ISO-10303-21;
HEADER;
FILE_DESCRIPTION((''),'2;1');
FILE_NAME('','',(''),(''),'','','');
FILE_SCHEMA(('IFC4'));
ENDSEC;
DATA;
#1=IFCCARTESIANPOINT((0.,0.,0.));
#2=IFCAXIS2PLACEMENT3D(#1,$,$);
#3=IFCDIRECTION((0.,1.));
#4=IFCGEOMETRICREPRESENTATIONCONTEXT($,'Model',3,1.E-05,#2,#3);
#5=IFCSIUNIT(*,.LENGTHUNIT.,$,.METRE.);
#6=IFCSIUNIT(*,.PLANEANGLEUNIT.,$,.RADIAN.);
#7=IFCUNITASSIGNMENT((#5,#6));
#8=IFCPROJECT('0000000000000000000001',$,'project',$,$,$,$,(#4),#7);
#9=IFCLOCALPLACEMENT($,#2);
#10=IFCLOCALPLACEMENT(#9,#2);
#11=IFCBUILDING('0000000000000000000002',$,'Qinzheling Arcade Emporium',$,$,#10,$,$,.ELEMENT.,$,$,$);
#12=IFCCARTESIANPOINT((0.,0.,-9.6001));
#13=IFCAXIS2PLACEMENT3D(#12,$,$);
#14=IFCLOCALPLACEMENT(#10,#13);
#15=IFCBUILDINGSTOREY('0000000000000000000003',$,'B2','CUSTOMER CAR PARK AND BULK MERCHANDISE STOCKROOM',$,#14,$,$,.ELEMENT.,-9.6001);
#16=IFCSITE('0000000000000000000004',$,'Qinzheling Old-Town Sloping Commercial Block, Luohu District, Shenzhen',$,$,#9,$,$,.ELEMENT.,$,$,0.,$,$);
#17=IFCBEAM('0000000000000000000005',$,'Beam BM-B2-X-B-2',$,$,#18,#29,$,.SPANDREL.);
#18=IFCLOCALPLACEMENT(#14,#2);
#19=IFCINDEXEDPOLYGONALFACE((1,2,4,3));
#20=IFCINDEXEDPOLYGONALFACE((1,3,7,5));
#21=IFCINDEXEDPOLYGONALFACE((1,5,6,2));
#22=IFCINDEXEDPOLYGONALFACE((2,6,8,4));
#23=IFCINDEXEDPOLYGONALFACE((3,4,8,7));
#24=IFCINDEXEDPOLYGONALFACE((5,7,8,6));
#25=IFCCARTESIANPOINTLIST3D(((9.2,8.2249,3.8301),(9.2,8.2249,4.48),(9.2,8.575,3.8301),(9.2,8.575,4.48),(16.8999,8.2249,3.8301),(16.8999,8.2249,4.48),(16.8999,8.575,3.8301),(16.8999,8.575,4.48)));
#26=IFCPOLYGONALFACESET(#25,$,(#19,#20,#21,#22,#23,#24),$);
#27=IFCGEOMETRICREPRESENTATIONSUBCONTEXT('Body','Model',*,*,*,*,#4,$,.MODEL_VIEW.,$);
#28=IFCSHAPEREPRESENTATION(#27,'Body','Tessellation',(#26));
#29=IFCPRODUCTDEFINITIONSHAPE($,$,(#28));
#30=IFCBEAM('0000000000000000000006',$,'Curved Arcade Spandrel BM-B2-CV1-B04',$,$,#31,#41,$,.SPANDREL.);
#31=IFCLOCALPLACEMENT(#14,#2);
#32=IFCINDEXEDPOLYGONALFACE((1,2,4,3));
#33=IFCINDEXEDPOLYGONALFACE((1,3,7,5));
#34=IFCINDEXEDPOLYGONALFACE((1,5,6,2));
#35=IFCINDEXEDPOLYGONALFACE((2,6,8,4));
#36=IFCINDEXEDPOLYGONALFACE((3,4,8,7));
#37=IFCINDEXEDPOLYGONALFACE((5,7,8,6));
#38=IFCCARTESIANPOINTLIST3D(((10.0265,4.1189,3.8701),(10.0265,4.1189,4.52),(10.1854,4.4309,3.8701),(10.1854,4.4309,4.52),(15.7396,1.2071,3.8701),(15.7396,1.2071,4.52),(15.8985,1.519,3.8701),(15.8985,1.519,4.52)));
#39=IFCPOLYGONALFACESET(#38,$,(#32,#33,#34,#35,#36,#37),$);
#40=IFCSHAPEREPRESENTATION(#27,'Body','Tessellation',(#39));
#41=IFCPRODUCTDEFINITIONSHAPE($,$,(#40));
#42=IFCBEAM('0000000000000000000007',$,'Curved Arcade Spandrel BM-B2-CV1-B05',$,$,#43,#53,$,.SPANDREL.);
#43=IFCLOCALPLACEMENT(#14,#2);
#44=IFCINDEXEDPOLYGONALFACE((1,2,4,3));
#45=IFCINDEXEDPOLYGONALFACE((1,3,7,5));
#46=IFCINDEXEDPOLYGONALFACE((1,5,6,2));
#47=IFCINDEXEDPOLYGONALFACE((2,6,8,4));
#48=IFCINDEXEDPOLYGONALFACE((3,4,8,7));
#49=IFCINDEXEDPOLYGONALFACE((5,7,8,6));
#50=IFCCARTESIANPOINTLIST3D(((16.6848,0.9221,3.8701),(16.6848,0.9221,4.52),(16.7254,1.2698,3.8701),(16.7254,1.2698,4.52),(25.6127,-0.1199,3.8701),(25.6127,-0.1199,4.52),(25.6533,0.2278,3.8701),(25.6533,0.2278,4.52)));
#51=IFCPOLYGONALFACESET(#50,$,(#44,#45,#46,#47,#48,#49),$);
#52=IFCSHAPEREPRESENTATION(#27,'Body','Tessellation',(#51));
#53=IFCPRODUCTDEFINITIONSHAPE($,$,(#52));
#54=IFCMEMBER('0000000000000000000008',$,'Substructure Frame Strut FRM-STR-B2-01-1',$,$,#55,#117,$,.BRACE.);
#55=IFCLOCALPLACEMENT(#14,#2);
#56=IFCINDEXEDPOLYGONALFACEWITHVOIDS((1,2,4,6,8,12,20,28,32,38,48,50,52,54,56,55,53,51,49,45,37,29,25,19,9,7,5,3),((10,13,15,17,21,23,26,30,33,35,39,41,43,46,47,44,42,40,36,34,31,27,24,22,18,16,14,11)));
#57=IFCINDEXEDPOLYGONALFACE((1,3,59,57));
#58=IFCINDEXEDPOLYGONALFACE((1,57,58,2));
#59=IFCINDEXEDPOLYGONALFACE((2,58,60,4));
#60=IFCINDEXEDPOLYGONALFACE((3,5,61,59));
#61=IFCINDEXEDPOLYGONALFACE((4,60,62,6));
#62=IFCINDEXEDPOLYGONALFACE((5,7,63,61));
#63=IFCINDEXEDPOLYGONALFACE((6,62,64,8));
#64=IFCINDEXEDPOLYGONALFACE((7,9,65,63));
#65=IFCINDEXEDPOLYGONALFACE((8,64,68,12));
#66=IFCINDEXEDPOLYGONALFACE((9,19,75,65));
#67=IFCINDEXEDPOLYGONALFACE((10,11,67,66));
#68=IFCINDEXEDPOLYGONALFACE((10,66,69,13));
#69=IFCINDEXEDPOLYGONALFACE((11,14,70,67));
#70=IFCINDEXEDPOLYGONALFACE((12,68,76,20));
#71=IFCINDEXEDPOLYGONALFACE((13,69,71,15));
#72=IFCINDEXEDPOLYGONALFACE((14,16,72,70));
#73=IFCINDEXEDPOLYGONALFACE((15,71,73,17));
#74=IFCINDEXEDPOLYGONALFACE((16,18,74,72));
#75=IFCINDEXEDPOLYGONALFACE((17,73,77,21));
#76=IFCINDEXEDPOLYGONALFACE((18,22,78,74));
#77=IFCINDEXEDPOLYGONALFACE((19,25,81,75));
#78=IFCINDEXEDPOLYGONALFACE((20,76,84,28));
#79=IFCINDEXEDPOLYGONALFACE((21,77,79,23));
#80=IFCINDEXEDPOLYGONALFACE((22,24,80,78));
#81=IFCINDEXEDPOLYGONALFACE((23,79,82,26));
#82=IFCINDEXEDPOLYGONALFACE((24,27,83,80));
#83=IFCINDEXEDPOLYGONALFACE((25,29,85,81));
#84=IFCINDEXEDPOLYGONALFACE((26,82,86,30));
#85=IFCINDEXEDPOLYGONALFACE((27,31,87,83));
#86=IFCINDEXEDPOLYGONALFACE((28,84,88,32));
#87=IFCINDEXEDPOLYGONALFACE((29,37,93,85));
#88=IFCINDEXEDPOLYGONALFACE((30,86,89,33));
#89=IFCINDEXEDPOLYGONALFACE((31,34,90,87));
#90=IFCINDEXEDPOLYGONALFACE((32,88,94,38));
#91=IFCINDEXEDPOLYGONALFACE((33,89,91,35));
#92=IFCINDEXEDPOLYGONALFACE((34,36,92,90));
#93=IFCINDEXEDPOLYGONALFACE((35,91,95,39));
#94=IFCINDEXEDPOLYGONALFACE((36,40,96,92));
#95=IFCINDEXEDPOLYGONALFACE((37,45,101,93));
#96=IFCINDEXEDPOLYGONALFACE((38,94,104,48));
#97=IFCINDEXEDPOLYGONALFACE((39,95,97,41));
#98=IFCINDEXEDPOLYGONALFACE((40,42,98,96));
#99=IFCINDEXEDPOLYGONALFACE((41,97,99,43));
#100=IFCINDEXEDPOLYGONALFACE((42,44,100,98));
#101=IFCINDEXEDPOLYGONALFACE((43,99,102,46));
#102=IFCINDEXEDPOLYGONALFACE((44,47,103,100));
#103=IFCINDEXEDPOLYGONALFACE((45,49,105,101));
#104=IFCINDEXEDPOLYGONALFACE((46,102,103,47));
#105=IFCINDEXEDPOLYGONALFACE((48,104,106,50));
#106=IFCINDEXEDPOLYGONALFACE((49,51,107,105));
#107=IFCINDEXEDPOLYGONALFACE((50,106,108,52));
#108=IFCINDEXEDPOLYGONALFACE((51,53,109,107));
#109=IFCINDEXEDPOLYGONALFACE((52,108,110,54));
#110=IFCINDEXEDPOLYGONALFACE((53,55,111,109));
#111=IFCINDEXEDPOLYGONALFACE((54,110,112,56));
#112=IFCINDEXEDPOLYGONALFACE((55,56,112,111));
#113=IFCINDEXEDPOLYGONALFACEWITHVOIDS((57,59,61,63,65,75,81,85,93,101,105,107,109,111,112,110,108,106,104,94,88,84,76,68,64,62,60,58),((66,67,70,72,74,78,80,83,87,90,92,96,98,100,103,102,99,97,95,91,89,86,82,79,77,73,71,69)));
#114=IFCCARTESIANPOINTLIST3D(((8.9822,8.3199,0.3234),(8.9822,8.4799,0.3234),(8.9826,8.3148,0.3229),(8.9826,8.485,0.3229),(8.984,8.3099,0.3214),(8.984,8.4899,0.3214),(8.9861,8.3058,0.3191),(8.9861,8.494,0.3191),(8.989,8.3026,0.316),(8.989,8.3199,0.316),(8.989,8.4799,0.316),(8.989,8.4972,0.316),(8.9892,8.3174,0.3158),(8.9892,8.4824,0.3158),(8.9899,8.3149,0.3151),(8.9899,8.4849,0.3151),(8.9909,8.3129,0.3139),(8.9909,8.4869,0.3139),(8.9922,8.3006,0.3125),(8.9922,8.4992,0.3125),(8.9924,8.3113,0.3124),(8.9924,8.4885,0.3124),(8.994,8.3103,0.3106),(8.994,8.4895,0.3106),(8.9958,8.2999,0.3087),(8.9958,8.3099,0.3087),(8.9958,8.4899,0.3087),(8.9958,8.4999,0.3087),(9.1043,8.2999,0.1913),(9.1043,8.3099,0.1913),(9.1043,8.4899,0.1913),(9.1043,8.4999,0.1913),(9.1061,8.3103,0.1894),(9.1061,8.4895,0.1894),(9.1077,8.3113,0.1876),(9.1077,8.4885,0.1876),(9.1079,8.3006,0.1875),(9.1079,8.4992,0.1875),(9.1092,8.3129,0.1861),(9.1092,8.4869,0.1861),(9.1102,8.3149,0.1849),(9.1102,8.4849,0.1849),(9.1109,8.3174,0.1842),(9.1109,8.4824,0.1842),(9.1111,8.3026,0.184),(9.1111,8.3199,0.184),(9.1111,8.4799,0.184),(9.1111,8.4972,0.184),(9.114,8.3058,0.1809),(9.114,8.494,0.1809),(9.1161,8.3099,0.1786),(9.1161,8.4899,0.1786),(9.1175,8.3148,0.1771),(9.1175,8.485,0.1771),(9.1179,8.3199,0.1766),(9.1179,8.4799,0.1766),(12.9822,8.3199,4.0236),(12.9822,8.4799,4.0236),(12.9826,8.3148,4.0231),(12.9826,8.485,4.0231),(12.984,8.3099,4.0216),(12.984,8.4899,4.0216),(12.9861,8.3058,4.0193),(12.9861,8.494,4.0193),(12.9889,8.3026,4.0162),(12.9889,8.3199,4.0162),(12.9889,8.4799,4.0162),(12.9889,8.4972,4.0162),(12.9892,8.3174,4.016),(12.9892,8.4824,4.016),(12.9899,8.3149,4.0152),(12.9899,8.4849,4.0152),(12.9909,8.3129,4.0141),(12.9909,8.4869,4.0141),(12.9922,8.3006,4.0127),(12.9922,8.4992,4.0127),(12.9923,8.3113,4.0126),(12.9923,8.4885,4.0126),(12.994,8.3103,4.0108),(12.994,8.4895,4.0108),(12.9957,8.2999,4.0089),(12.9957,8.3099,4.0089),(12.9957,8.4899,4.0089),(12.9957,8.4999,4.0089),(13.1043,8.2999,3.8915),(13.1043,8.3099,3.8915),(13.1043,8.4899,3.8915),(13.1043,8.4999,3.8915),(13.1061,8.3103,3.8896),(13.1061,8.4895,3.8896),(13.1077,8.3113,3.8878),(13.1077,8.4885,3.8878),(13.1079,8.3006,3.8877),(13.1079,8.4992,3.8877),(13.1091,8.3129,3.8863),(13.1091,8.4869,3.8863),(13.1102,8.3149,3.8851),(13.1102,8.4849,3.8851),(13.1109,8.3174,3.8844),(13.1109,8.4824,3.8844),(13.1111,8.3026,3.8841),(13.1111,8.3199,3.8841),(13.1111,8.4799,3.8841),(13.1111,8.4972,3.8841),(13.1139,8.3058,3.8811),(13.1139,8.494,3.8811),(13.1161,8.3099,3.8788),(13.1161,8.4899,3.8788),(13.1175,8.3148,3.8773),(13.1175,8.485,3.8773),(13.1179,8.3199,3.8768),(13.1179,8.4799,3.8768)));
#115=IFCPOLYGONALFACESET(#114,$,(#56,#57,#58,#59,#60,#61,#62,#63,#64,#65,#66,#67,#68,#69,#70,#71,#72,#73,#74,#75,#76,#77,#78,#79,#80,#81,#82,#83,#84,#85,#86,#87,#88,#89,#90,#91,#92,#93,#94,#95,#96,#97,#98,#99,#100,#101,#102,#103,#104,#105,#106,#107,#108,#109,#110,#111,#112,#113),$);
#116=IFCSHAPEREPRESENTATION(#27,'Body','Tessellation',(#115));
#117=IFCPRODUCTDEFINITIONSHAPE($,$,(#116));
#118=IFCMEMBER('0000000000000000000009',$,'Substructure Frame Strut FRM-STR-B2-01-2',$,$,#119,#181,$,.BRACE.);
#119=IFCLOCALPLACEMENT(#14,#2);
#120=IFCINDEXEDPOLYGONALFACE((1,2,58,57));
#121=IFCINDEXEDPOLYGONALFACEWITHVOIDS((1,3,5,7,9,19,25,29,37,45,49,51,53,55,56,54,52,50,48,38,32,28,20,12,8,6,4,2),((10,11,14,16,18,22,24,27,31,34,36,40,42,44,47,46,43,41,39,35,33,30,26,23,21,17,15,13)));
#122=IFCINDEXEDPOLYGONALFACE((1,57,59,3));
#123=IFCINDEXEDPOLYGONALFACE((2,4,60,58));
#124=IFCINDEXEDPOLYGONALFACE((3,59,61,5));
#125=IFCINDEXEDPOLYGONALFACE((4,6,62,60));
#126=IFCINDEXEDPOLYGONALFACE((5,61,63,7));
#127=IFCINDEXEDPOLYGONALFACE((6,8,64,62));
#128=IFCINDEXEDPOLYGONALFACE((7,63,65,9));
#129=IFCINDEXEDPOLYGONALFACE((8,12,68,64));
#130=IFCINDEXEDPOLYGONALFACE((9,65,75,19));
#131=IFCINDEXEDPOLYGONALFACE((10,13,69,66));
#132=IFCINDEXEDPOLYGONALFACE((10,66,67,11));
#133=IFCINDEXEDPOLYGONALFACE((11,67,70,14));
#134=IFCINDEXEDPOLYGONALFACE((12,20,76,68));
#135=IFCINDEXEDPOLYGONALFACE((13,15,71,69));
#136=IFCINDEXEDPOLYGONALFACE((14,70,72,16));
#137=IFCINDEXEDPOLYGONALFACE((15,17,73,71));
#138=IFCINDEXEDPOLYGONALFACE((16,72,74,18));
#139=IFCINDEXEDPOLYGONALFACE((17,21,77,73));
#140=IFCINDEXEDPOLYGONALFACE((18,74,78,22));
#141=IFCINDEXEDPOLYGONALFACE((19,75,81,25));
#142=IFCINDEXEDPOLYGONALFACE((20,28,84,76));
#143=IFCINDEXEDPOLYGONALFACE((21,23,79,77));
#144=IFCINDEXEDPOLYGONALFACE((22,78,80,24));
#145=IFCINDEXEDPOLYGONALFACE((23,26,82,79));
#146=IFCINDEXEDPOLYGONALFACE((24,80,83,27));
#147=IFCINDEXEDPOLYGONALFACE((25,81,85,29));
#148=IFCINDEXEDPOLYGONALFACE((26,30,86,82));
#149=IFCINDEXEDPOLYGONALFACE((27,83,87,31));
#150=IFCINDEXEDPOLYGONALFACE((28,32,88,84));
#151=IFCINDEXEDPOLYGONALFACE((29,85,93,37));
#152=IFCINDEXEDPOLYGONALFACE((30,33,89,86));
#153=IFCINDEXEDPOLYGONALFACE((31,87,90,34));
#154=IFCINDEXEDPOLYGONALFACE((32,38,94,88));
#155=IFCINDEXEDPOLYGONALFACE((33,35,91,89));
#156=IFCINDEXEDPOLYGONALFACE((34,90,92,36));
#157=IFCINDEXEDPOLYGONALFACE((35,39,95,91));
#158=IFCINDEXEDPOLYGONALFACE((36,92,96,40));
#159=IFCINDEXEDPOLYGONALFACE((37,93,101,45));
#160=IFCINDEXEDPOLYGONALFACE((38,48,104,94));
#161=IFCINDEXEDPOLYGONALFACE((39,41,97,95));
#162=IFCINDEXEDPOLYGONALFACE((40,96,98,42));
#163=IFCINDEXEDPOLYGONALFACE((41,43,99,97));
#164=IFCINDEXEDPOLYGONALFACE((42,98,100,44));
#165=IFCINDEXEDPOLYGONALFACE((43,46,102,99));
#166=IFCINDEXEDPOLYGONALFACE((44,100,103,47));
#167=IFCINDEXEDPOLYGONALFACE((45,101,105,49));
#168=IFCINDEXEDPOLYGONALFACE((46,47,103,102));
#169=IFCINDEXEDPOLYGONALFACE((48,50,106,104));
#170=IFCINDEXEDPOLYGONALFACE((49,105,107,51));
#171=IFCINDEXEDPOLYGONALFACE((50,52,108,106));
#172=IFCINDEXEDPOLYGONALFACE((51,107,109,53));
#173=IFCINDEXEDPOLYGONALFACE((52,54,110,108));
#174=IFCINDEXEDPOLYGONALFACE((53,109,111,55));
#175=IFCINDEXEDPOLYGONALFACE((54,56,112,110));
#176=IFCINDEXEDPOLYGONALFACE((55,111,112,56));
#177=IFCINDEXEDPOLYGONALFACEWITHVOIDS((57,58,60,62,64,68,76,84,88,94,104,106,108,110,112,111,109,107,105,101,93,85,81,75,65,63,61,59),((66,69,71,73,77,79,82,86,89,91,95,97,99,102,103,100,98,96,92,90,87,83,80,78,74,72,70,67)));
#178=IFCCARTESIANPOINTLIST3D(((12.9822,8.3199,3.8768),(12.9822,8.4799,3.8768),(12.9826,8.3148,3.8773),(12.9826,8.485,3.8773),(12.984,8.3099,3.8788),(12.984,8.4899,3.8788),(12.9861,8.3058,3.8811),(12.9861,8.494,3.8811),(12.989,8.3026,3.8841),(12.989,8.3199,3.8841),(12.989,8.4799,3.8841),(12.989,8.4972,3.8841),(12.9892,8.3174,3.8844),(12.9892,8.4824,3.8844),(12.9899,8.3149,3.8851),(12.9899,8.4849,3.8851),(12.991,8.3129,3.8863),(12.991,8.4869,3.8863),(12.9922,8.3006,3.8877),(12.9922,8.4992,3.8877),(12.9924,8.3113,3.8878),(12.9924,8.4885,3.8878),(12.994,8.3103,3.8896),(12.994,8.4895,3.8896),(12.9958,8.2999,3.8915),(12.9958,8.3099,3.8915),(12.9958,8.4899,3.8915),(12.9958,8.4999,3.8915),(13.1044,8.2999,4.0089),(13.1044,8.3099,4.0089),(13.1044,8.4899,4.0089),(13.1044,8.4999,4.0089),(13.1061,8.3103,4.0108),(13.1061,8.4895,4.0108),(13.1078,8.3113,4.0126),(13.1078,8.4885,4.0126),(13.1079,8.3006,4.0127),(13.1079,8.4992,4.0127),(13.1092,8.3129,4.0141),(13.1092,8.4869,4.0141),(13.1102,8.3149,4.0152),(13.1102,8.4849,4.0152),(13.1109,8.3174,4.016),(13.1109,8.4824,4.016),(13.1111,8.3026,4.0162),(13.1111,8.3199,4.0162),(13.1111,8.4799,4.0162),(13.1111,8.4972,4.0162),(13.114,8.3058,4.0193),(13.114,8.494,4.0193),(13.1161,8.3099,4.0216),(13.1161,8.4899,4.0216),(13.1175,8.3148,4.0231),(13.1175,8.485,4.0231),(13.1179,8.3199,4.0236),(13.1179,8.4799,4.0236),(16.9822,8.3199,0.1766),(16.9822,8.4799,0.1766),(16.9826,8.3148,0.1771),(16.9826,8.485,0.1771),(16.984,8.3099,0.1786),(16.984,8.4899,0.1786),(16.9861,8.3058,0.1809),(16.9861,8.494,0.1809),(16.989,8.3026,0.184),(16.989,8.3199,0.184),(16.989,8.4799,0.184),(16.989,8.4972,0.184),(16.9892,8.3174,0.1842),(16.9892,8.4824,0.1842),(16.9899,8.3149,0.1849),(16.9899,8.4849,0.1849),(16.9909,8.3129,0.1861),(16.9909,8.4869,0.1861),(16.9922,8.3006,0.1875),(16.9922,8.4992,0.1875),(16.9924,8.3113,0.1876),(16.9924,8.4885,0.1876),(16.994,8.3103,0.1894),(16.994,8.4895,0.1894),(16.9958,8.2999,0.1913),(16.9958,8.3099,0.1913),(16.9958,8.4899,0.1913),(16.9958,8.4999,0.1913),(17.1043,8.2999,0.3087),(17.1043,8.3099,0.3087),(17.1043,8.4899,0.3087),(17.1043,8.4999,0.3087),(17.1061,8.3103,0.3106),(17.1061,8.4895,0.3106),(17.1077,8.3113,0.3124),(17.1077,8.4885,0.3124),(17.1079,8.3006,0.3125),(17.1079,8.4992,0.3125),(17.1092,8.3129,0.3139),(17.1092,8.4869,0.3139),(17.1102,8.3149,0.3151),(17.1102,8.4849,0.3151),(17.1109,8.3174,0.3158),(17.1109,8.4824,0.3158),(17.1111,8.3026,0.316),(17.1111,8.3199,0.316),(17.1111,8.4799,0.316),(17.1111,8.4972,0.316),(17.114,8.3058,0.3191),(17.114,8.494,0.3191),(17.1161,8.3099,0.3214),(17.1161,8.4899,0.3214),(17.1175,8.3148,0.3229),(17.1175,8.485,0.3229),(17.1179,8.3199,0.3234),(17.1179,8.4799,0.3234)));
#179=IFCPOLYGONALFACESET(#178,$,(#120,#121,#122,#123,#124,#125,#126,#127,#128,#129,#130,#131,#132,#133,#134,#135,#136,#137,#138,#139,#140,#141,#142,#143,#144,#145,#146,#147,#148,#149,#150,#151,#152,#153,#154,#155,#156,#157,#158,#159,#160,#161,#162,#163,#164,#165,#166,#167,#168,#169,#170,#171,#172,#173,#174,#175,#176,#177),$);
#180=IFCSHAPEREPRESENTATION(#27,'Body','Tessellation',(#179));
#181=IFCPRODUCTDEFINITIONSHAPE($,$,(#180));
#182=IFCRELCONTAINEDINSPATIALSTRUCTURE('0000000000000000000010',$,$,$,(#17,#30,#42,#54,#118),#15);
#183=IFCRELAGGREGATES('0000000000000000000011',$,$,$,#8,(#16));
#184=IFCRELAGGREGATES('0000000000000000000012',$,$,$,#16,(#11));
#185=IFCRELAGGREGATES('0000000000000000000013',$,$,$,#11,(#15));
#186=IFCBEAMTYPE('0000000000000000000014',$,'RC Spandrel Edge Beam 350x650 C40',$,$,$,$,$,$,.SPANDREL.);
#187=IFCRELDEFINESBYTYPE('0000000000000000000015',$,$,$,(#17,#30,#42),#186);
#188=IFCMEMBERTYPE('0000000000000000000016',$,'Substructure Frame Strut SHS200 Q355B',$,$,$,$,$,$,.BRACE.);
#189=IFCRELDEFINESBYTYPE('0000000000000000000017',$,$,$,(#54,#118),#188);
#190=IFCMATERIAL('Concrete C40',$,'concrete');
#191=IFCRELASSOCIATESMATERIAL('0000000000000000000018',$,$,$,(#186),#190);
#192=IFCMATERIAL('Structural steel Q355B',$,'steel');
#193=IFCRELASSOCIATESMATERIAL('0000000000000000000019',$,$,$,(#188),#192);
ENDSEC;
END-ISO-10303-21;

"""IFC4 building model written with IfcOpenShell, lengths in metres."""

from ifc_helpers import new_model, si_unit, direction, frame, origin, origin_2d, place, context, subcontext, project, spatial, rectangle, hollow_rectangle, extrude, material, material_profile, profile_set, type_object, element, save


model = new_model("IFC4")

# Units and contexts
model_context = context("Model", 3, precision=1e-05, world=origin(), true_north=direction((0.0, 1.0)))
body_context = subcontext(model_context, "Body", "Model", "MODEL_VIEW")
ifc_project = project(units=[si_unit("LENGTHUNIT", "METRE"), si_unit("PLANEANGLEUNIT", "RADIAN")], contexts=[model_context])

# Site, building, storey
site_placement = place(None, origin())
site = spatial("IfcSite", under=ifc_project, at=site_placement, Name="Qinzheling Old-Town Sloping Commercial Block, Luohu District, Shenzhen", CompositionType="ELEMENT", RefElevation=0.0)
building_placement = place(site_placement, origin())
building = spatial("IfcBuilding", under=site, at=building_placement, Name="Qinzheling Arcade Emporium", CompositionType="ELEMENT")
storey_placement = place(building_placement, frame((0.0, 0.0, -9.6001)))
storey = spatial("IfcBuildingStorey", under=building, at=storey_placement, Name="B2", Description="CUSTOMER CAR PARK AND BULK MERCHANDISE STOCKROOM", CompositionType="ELEMENT", Elevation=-9.6001)

# Shared definitions
ifc_material_1 = material(Name="Concrete C40", Category="concrete")

# Beams
ifc_material_profile_1 = material_profile(ifc_material_1, rectangle(XDim=0.3501, YDim=0.6499, at=origin_2d()), Name="RC 350x650", Category="concrete")
ifc_profile_set_1 = profile_set([ifc_material_profile_1], Name="Concrete C40")
beam_type = type_object("IfcBeamType", Name="RC Spandrel Edge Beam 350x650 C40", PredefinedType="SPANDREL", material=ifc_profile_set_1)
beam_1_placement = place(storey_placement, frame((9.2, 8.3999, 4.155), z_axis=(1.0, 0.0, 0.0), x_axis=(0.0, 1.0, 0.0)))
element("IfcBeam", 1, at=beam_1_placement, inside=storey, type_object=beam_type, Name="Beam BM-B2-X-B-2", PredefinedType="SPANDREL", context=body_context, shape_type="SweptSolid", body=[
    extrude(rectangle(XDim=0.3501, YDim=0.6499, at=origin_2d()), origin(), (0.0, 0.0, 1.0), 7.7),
])
beam_2_placement = place(storey_placement, frame((10.106, 4.2749, 4.1951), z_axis=(0.890951, -0.454099, 0.0), x_axis=(0.454099, 0.890951, 0.0)))
element("IfcBeam", 2, at=beam_2_placement, inside=storey, type_object=beam_type, Name="Curved Arcade Spandrel BM-B2-CV1-B04", PredefinedType="SPANDREL", context=body_context, shape_type="SweptSolid", body=[
    extrude(rectangle(XDim=0.3501, YDim=0.6499, at=origin_2d()), origin(), (0.0, 0.0, 1.0), 6.4124),
])
beam_3_placement = place(storey_placement, frame((16.7051, 1.0959, 4.1951), z_axis=(0.993258, -0.115924, 0.0), x_axis=(0.115924, 0.993258, 0.0)))
element("IfcBeam", 3, at=beam_3_placement, inside=storey, type_object=beam_type, Name="Curved Arcade Spandrel BM-B2-CV1-B05", PredefinedType="SPANDREL", context=body_context, shape_type="SweptSolid", body=[
    extrude(rectangle(XDim=0.3501, YDim=0.6499, at=origin_2d()), origin(), (0.0, 0.0, 1.0), 8.9885),
])

# Members
ifc_material_2 = material(Name="Structural steel Q355B", Category="steel")
ifc_material_profile_2 = material_profile(ifc_material_2, hollow_rectangle(XDim=0.2, YDim=0.2, WallThickness=0.01, InnerFilletRadius=0.01, OuterFilletRadius=0.02, at=origin_2d()), Name="SHS 200x200x10", Category="steel")
ifc_profile_set_2 = profile_set([ifc_material_profile_2], Name="Structural steel Q355B")
member_type = type_object("IfcMemberType", Name="Substructure Frame Strut SHS200 Q355B", PredefinedType="BRACE", material=ifc_profile_set_2)
for number, where, z_axis, x_axis, name in (
    (4, (9.05, 8.3999, 0.25), (0.734082, 0.0, 0.679061), (0.0, 1.0, 0.0), "Substructure Frame Strut FRM-STR-B2-01-1"),
    (5, (17.05, 8.3999, 0.25), (-0.734082, 0.0, 0.679061), (0.0, -1.0, 0.0), "Substructure Frame Strut FRM-STR-B2-01-2"),
):
    element("IfcMember", number, at=place(storey_placement, frame(where, z_axis=z_axis, x_axis=x_axis)), inside=storey, type_object=member_type, Name=name, PredefinedType="BRACE", context=body_context, shape_type="SweptSolid", body=[
        extrude(hollow_rectangle(XDim=0.2, YDim=0.2, WallThickness=0.01, InnerFilletRadius=0.01, OuterFilletRadius=0.02, at=origin_2d()), origin(), (0.0, 0.0, 1.0), 5.449),
    ])

save(model, "model.ifc")
